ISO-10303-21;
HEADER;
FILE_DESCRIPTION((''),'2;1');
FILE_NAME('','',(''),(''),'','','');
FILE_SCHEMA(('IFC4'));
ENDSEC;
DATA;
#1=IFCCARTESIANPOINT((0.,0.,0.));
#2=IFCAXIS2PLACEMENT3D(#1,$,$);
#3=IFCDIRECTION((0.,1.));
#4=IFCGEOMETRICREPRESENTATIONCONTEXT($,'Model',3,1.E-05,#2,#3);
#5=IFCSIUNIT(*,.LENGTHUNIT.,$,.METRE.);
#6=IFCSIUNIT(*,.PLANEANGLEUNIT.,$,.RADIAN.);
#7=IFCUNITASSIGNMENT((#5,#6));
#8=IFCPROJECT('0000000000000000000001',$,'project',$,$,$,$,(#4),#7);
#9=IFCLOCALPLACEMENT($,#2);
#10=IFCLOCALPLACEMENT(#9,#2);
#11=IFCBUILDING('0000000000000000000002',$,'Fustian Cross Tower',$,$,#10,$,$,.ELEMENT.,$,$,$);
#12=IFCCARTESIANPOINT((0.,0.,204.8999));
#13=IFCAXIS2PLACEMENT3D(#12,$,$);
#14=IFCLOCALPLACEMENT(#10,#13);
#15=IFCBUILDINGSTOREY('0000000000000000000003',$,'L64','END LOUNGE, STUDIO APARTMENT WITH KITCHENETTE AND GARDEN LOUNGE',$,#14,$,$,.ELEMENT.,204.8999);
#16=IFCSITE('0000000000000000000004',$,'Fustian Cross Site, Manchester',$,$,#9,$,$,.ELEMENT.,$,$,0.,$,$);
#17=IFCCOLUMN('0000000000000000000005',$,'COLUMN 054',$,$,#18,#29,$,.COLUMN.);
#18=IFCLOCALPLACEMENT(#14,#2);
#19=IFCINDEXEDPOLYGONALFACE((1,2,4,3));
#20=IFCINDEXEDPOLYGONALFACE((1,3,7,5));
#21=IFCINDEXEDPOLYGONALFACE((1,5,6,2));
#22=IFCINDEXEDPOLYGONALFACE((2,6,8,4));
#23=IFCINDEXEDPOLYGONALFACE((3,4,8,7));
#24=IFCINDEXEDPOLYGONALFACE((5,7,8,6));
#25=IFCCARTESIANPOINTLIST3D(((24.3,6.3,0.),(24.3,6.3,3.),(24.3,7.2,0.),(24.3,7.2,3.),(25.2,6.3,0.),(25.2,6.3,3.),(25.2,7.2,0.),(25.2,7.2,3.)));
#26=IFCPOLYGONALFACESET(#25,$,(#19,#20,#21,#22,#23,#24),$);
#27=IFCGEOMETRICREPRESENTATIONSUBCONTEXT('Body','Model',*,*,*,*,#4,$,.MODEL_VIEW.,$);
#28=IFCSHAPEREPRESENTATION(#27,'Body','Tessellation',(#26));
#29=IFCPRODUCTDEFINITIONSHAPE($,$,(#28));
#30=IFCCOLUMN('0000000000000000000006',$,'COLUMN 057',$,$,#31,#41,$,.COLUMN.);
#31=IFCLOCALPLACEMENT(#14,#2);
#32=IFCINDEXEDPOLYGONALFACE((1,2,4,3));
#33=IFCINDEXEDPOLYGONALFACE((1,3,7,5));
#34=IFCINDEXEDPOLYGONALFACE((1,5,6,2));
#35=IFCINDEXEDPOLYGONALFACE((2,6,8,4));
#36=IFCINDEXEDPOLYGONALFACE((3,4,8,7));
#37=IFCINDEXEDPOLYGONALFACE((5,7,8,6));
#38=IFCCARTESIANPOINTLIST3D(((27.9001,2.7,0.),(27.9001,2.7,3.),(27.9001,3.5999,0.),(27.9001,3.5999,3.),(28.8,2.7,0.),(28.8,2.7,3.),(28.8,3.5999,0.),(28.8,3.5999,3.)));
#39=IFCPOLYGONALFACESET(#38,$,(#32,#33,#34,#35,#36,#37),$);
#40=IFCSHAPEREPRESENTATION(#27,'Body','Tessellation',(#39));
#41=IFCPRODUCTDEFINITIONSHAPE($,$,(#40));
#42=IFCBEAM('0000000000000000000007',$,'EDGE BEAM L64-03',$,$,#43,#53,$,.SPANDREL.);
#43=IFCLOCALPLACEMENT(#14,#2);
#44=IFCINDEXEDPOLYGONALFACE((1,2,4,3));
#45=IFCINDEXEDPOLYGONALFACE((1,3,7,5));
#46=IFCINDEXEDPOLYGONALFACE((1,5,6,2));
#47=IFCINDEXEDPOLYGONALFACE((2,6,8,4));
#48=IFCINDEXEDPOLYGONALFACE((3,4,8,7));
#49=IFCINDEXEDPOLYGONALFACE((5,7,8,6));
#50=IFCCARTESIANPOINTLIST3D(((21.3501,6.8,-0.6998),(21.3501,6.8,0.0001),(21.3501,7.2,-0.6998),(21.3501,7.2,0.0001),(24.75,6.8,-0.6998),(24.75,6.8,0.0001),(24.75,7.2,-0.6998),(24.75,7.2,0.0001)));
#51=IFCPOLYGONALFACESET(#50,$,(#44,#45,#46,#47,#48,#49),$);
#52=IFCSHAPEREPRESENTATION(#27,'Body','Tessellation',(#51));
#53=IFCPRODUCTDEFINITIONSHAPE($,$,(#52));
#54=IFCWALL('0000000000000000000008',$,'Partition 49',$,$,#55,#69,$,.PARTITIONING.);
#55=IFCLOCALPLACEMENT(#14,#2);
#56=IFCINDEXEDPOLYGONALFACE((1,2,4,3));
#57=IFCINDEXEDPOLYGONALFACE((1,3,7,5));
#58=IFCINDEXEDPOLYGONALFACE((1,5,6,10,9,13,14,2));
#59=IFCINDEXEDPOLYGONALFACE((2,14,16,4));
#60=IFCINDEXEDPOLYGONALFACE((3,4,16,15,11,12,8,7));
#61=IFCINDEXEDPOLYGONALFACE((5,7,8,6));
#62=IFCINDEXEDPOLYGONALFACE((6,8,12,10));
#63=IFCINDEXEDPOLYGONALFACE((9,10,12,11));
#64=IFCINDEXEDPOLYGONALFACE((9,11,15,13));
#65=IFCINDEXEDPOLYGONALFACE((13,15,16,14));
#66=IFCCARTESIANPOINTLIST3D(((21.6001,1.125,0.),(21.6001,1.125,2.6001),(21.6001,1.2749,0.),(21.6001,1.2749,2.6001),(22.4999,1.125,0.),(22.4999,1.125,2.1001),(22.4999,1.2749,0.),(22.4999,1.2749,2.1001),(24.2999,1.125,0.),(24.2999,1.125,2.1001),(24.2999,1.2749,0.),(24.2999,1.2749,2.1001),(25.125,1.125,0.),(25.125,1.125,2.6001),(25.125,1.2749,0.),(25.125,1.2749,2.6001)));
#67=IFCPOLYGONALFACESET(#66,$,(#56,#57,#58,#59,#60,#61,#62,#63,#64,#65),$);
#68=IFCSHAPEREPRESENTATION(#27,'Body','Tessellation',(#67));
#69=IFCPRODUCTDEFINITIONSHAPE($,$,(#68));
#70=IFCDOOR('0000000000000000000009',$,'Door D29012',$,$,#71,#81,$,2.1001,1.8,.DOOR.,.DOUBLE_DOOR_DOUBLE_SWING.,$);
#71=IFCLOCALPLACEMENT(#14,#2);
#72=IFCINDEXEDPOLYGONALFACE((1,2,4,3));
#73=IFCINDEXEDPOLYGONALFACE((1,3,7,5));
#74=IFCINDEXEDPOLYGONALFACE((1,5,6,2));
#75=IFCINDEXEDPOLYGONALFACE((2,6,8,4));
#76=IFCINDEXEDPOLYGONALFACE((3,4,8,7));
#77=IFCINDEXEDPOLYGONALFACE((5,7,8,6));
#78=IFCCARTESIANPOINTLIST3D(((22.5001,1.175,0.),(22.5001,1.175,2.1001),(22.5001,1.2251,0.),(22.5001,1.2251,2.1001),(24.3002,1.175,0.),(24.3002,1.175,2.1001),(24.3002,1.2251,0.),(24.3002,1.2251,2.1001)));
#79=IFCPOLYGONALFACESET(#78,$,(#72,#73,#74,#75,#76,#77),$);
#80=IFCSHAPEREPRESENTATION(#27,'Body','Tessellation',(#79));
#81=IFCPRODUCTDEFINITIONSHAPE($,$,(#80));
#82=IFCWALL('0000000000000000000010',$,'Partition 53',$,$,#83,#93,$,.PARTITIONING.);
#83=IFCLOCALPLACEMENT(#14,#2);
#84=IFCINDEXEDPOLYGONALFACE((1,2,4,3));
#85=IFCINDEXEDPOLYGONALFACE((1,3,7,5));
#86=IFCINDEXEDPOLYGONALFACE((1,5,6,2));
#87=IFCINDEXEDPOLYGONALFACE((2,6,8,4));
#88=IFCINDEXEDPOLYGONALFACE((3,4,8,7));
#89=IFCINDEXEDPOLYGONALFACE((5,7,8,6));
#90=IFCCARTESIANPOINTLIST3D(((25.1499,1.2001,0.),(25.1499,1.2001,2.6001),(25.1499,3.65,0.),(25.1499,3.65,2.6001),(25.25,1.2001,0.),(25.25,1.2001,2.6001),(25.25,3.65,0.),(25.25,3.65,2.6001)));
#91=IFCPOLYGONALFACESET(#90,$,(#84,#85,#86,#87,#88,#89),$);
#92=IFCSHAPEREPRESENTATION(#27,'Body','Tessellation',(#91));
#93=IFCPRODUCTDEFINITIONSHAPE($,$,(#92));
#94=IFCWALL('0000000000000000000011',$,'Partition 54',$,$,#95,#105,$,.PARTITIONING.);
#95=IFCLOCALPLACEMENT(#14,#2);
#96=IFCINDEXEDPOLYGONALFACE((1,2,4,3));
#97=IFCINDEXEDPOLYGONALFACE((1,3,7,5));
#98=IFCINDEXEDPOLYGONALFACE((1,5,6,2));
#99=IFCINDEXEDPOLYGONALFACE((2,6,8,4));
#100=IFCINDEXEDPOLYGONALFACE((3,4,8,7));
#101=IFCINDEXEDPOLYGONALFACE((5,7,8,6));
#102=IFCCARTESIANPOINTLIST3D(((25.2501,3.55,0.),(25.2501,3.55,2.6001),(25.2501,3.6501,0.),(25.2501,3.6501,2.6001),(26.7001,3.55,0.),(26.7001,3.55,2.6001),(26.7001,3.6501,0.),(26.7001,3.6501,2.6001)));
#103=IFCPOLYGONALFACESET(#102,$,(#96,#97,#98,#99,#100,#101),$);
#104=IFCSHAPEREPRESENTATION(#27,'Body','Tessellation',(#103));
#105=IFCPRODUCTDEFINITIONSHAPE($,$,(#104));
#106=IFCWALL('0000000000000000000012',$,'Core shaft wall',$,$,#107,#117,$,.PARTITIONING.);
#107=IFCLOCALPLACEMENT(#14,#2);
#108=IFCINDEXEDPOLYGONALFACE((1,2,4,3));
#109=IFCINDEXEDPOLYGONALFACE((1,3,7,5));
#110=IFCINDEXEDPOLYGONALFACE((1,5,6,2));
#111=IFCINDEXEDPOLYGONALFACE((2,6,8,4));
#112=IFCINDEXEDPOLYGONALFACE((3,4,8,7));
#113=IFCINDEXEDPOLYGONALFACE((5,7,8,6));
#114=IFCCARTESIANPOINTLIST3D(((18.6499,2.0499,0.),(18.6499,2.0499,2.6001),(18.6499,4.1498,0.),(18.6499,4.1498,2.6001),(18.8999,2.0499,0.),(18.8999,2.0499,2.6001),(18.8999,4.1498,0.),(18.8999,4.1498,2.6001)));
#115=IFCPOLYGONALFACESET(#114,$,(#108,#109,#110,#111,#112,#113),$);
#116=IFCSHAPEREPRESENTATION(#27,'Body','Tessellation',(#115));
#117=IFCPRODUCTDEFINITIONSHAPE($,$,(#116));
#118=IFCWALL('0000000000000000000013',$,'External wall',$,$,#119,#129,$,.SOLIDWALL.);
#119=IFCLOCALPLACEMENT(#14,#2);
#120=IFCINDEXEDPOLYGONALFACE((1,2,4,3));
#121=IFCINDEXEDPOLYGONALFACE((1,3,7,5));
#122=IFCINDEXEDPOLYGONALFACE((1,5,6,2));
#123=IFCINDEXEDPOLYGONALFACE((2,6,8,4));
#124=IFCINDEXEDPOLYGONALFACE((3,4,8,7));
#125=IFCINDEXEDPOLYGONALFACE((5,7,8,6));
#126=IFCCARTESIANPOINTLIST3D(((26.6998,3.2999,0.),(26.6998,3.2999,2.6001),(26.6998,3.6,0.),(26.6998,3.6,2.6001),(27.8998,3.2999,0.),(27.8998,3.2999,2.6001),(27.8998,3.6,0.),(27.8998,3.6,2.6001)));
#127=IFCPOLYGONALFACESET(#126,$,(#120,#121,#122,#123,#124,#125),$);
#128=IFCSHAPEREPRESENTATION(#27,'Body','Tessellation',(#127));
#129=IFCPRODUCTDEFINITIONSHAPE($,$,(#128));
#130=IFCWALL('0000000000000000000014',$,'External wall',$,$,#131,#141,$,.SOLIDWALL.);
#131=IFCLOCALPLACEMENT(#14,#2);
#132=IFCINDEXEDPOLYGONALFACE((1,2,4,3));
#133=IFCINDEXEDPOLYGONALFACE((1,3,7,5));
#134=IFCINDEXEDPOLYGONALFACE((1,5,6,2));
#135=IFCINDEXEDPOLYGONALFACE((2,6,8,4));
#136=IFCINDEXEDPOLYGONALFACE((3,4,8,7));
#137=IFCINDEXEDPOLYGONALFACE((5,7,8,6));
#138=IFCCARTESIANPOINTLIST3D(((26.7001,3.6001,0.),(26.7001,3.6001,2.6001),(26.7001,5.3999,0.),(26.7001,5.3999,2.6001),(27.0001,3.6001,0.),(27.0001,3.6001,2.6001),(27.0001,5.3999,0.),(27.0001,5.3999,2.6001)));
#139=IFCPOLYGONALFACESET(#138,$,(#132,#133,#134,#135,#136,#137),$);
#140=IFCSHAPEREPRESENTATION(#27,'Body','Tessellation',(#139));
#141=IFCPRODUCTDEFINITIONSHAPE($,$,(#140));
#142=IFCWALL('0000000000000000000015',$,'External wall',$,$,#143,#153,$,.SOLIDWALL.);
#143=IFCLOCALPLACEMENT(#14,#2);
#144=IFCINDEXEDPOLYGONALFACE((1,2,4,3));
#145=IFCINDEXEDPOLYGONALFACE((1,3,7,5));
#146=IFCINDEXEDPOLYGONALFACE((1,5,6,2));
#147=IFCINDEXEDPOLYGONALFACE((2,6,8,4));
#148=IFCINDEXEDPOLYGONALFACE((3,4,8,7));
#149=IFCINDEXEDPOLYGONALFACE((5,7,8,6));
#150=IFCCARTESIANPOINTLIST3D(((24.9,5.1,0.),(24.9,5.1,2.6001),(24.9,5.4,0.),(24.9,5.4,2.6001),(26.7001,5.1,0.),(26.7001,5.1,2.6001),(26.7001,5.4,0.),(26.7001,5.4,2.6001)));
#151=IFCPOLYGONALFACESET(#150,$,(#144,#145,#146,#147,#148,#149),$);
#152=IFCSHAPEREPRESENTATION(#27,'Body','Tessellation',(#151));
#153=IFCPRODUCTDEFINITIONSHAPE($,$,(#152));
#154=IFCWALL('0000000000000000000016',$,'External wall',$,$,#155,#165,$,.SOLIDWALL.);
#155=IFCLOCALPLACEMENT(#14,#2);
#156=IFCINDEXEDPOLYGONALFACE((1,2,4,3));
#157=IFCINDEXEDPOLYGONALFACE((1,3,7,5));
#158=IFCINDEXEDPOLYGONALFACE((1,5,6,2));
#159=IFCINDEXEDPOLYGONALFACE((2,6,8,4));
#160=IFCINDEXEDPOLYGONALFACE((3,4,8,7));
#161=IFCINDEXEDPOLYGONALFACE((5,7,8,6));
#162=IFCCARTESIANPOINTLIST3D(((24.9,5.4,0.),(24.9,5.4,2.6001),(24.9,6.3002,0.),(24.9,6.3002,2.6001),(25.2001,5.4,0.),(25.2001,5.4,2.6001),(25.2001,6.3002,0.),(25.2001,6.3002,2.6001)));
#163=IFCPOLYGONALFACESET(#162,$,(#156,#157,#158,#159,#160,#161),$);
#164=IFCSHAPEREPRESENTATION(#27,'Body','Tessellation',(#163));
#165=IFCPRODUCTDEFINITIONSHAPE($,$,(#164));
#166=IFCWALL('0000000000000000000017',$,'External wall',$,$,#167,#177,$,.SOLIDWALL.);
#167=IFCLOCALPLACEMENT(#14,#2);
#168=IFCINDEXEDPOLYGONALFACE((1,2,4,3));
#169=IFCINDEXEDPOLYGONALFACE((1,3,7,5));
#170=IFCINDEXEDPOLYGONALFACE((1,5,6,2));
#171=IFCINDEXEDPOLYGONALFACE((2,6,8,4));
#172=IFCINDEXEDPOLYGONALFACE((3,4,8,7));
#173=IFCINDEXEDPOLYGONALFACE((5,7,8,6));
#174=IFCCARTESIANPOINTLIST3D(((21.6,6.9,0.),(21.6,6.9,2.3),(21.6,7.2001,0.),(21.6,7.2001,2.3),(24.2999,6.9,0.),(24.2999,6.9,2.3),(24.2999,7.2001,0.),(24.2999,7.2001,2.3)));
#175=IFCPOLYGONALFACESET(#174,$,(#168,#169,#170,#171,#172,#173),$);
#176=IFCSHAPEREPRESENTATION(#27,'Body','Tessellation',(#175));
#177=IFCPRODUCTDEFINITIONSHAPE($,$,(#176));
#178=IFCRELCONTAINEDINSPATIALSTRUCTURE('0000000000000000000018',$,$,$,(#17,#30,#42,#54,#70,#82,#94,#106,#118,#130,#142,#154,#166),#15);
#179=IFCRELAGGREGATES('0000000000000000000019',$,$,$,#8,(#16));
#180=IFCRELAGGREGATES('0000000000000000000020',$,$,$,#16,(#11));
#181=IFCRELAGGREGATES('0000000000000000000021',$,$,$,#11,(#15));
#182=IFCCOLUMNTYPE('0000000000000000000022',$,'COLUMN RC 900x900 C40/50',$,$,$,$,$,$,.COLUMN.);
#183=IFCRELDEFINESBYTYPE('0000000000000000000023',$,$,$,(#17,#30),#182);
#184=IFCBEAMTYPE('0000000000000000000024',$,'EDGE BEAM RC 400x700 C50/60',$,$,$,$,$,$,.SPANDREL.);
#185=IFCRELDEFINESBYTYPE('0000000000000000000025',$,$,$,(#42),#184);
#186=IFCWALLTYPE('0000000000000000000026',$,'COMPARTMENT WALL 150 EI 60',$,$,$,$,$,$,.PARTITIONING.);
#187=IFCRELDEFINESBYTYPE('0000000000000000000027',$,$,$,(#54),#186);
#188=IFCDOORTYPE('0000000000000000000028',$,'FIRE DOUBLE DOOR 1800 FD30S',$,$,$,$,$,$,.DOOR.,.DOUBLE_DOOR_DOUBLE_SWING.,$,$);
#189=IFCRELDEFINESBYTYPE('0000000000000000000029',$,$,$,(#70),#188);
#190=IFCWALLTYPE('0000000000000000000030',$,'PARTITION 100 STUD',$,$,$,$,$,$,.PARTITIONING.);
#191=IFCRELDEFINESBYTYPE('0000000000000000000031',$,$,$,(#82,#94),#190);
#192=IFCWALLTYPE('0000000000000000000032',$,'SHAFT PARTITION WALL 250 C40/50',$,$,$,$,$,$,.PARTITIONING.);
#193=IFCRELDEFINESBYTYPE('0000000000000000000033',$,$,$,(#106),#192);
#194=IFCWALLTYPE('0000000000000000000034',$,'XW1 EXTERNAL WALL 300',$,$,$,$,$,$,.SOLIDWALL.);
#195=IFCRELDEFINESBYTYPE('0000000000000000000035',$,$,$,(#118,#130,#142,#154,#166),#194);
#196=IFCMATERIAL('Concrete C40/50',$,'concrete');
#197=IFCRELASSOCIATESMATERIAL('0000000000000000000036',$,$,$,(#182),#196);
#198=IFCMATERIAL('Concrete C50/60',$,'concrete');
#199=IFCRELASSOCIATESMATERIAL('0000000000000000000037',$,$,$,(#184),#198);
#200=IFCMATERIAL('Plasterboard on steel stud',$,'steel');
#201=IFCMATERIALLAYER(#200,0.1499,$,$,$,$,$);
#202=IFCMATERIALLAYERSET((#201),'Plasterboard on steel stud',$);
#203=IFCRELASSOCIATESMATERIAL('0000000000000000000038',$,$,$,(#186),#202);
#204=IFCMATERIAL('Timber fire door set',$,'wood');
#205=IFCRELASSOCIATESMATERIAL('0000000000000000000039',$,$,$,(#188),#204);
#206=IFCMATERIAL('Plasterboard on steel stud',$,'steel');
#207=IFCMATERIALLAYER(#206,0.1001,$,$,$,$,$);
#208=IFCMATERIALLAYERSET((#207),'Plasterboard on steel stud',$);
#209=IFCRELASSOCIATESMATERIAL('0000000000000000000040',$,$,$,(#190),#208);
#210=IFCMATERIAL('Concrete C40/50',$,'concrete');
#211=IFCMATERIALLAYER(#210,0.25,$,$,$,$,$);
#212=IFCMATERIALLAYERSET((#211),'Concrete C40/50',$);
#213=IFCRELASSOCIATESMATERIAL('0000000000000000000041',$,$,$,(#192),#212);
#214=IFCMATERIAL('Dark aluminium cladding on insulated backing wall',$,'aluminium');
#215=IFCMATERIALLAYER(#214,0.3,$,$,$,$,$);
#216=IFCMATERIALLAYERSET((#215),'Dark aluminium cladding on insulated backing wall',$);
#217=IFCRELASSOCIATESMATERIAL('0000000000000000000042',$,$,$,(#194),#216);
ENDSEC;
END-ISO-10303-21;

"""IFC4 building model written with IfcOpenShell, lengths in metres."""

from ifc_helpers import new_model, si_unit, direction, frame, frame_2d, origin, origin_2d, place, context, subcontext, project, spatial, rectangle, extrude, material, layer, layer_set, material_profile, profile_set, type_object, element, fill, save


model = new_model("IFC4")

# Units and contexts
model_context = context("Model", 3, precision=1e-05, world=origin(), true_north=direction((0.0, 1.0)))
body_context = subcontext(model_context, "Body", "Model", "MODEL_VIEW")
ifc_project = project(units=[si_unit("LENGTHUNIT", "METRE"), si_unit("PLANEANGLEUNIT", "RADIAN")], contexts=[model_context])

# Site, building, storey
site_placement = place(None, origin())
site = spatial("IfcSite", under=ifc_project, at=site_placement, Name="Fustian Cross Site, Manchester", CompositionType="ELEMENT", RefElevation=0.0)
building_placement = place(site_placement, origin())
building = spatial("IfcBuilding", under=site, at=building_placement, Name="Fustian Cross Tower", CompositionType="ELEMENT")
storey_placement = place(building_placement, frame((0.0, 0.0, 204.8999)))
storey = spatial("IfcBuildingStorey", under=building, at=storey_placement, Name="L64", Description="END LOUNGE, STUDIO APARTMENT WITH KITCHENETTE AND GARDEN LOUNGE", CompositionType="ELEMENT", Elevation=204.8999)

# Columns
ifc_material_1 = material(Name="Concrete C40/50", Category="concrete")
ifc_material_profile_1 = material_profile(ifc_material_1, rectangle(XDim=0.8999, YDim=0.8999, at=origin_2d()), Name="RC 900x900")
ifc_profile_set_1 = profile_set([ifc_material_profile_1], Name="Concrete C40/50")
column_type = type_object("IfcColumnType", Name="COLUMN RC 900x900 C40/50", PredefinedType="COLUMN", material=ifc_profile_set_1)
for number, where, z_axis, x_axis, name in (
    (1, (24.75, 6.75, 0.0), (0.0, 0.0, 1.0), (1.0, 0.0, 0.0), "COLUMN 054"),
    (2, (28.3501, 3.1499, 0.0), (0.0, 0.0, 1.0), (1.0, 0.0, 0.0), "COLUMN 057"),
):
    element("IfcColumn", number, at=place(storey_placement, frame(where, z_axis=z_axis, x_axis=x_axis)), inside=storey, type_object=column_type, Name=name, PredefinedType="COLUMN", context=body_context, shape_type="SweptSolid", body=[
        extrude(rectangle(XDim=0.8999, YDim=0.8999, at=origin_2d()), origin(), (0.0, 0.0, 1.0), 3.0),
    ])

# Beam
ifc_material_2 = material(Name="Concrete C50/60", Category="concrete")
ifc_material_profile_2 = material_profile(ifc_material_2, rectangle(XDim=0.3999, YDim=0.7, at=origin_2d()), Name="RC 400x700")
ifc_profile_set_2 = profile_set([ifc_material_profile_2], Name="Concrete C50/60")
beam_type = type_object("IfcBeamType", Name="EDGE BEAM RC 400x700 C50/60", PredefinedType="SPANDREL", material=ifc_profile_set_2)
beam_placement = place(storey_placement, frame((24.75, 7.0, -0.3499), z_axis=(-1.0, 0.0, 0.0), x_axis=(0.0, -1.0, 0.0)))
element("IfcBeam", 3, at=beam_placement, inside=storey, type_object=beam_type, Name="EDGE BEAM L64-03", PredefinedType="SPANDREL", context=body_context, shape_type="SweptSolid", body=[
    extrude(rectangle(XDim=0.3999, YDim=0.7, at=origin_2d()), origin(), (0.0, 0.0, 1.0), 3.3999),
])

# Wall, opening, door
ifc_material_3 = material(Name="Plasterboard on steel stud", Category="steel")
ifc_layer_1 = layer(ifc_material_3, 0.1499)
ifc_layer_set_1 = layer_set([ifc_layer_1], Name="Plasterboard on steel stud")
wall_type_1 = type_object("IfcWallType", Name="COMPARTMENT WALL 150 EI 60", PredefinedType="PARTITIONING", material=ifc_layer_set_1)
wall_1_placement = place(storey_placement, frame((21.6001, 1.2, 0.0), z_axis=(0.0, 0.0, 1.0), x_axis=(1.0, 0.0, 0.0)))
wall_1 = element("IfcWall", 4, at=wall_1_placement, inside=storey, type_object=wall_type_1, Name="Partition 49", PredefinedType="PARTITIONING", context=body_context, shape_type="SweptSolid", body=[
    extrude(rectangle(XDim=3.5249, YDim=0.1499, at=frame_2d((1.7625, 0.0))), origin(), (0.0, 0.0, 1.0), 2.6001),
])
opening_placement = place(wall_1_placement, frame((0.8999, 0.0, 0.0)))
opening = element("IfcOpeningElement", 5, at=opening_placement, cuts=wall_1, PredefinedType="OPENING", context=body_context, shape_type="SweptSolid", body=[
    extrude(rectangle(XDim=1.8, YDim=2.1001, at=frame_2d((0.8999, 1.05))), frame((0.0, 0.085, 0.0), z_axis=(0.0, -1.0, 0.0), x_axis=(1.0, 0.0, 0.0)), (0.0, 0.0, 1.0), 0.1699),
])
ifc_material_4 = material(Name="Timber fire door set", Category="wood")
door_type = type_object("IfcDoorType", Name="FIRE DOUBLE DOOR 1800 FD30S", OperationType="DOUBLE_DOOR_DOUBLE_SWING", PredefinedType="DOOR", material=ifc_material_4)
door_placement = place(opening_placement, frame((1.8, 0.0, 0.0), z_axis=(0.0, 0.0, 1.0), x_axis=(-1.0, 0.0, 0.0)))
door = element("IfcDoor", 6, at=door_placement, inside=storey, type_object=door_type, Name="Door D29012", OperationType="DOUBLE_DOOR_DOUBLE_SWING", OverallHeight=2.1001, OverallWidth=1.8, PredefinedType="DOOR", context=body_context, shape_type="SweptSolid", body=[
    extrude(rectangle(XDim=1.8, YDim=2.1001, at=frame_2d((0.8999, 1.05))), frame((0.0, 0.0249, 0.0), z_axis=(0.0, -1.0, 0.0), x_axis=(1.0, 0.0, 0.0)), (0.0, 0.0, 1.0), 0.05),
])
fill(opening, door)

# Walls
ifc_material_5 = material(Name="Plasterboard on steel stud", Category="steel")
ifc_layer_2 = layer(ifc_material_5, 0.1001)
ifc_layer_set_2 = layer_set([ifc_layer_2], Name="Plasterboard on steel stud")
wall_type_2 = type_object("IfcWallType", Name="PARTITION 100 STUD", PredefinedType="PARTITIONING", material=ifc_layer_set_2)
wall_2_placement = place(storey_placement, frame((25.2, 1.2, 0.0), z_axis=(0.0, 0.0, 1.0), x_axis=(0.0, 1.0, 0.0)))
element("IfcWall", 7, at=wall_2_placement, inside=storey, type_object=wall_type_2, Name="Partition 53", PredefinedType="PARTITIONING", context=body_context, shape_type="SweptSolid", body=[
    extrude(rectangle(XDim=2.45, YDim=0.1001, at=frame_2d((1.2251, 0.0))), origin(), (0.0, 0.0, 1.0), 2.6001),
])
wall_3_placement = place(storey_placement, frame((25.25, 3.6001, 0.0), z_axis=(0.0, 0.0, 1.0), x_axis=(1.0, 0.0, 0.0)))
element("IfcWall", 8, at=wall_3_placement, inside=storey, type_object=wall_type_2, Name="Partition 54", PredefinedType="PARTITIONING", context=body_context, shape_type="SweptSolid", body=[
    extrude(rectangle(XDim=1.45, YDim=0.1001, at=frame_2d((0.7251, 0.0))), origin(), (0.0, 0.0, 1.0), 2.6001),
])
ifc_material_6 = material(Name="Concrete C40/50", Category="concrete")
ifc_layer_3 = layer(ifc_material_6, 0.25)
ifc_layer_set_3 = layer_set([ifc_layer_3], Name="Concrete C40/50")
wall_type_3 = type_object("IfcWallType", Name="SHAFT PARTITION WALL 250 C40/50", PredefinedType="PARTITIONING", material=ifc_layer_set_3)
wall_4_placement = place(storey_placement, frame((18.7749, 2.05, 0.0), z_axis=(0.0, 0.0, 1.0), x_axis=(0.0, 1.0, 0.0)))
element("IfcWall", 9, at=wall_4_placement, inside=storey, type_object=wall_type_3, Name="Core shaft wall", PredefinedType="PARTITIONING", context=body_context, shape_type="SweptSolid", body=[
    extrude(rectangle(XDim=2.0999, YDim=0.25, at=frame_2d((1.0498, 0.0))), origin(), (0.0, 0.0, 1.0), 2.6001),
])
ifc_material_7 = material(Name="Dark aluminium cladding on insulated backing wall", Category="aluminium")
ifc_layer_4 = layer(ifc_material_7, 0.3)
ifc_layer_set_4 = layer_set([ifc_layer_4], Name="Dark aluminium cladding on insulated backing wall")
wall_type_4 = type_object("IfcWallType", Name="XW1 EXTERNAL WALL 300", PredefinedType="SOLIDWALL", material=ifc_layer_set_4)
wall_5_placement = place(storey_placement, frame((27.8999, 3.45, 0.0), z_axis=(0.0, 0.0, 1.0), x_axis=(-1.0, 0.0, 0.0)))
element("IfcWall", 10, at=wall_5_placement, inside=storey, type_object=wall_type_4, Name="External wall", PredefinedType="SOLIDWALL", context=body_context, shape_type="SweptSolid", body=[
    extrude(rectangle(XDim=1.2, YDim=0.3, at=frame_2d((0.6001, 0.0))), origin(), (0.0, 0.0, 1.0), 2.6001),
])
wall_6_placement = place(storey_placement, frame((26.8501, 3.6001, 0.0), z_axis=(0.0, 0.0, 1.0), x_axis=(0.0, 1.0, 0.0)))
element("IfcWall", 11, at=wall_6_placement, inside=storey, type_object=wall_type_4, Name="External wall", PredefinedType="SOLIDWALL", context=body_context, shape_type="SweptSolid", body=[
    extrude(rectangle(XDim=1.7998, YDim=0.3, at=frame_2d((0.8999, 0.0))), origin(), (0.0, 0.0, 1.0), 2.6001),
])
wall_7_placement = place(storey_placement, frame((26.7, 5.25, 0.0), z_axis=(0.0, 0.0, 1.0), x_axis=(-1.0, 0.0, 0.0)))
element("IfcWall", 12, at=wall_7_placement, inside=storey, type_object=wall_type_4, Name="External wall", PredefinedType="SOLIDWALL", context=body_context, shape_type="SweptSolid", body=[
    extrude(rectangle(XDim=1.8, YDim=0.3, at=frame_2d((0.8999, 0.0))), origin(), (0.0, 0.0, 1.0), 2.6001),
])
wall_8_placement = place(storey_placement, frame((25.05, 5.3999, 0.0), z_axis=(0.0, 0.0, 1.0), x_axis=(0.0, 1.0, 0.0)))
element("IfcWall", 13, at=wall_8_placement, inside=storey, type_object=wall_type_4, Name="External wall", PredefinedType="SOLIDWALL", context=body_context, shape_type="SweptSolid", body=[
    extrude(rectangle(XDim=0.9001, YDim=0.3, at=frame_2d((0.4502, 0.0))), origin(), (0.0, 0.0, 1.0), 2.6001),
])
wall_9_placement = place(storey_placement, frame((24.3, 7.05, 0.0), z_axis=(0.0, 0.0, 1.0), x_axis=(-1.0, 0.0, 0.0)))
element("IfcWall", 14, at=wall_9_placement, inside=storey, type_object=wall_type_4, Name="External wall", PredefinedType="SOLIDWALL", context=body_context, shape_type="SweptSolid", body=[
    extrude(rectangle(XDim=2.7, YDim=0.3, at=frame_2d((1.3501, 0.0))), origin(), (0.0, 0.0, 1.0), 2.3),
])

save(model, "model.ifc")
